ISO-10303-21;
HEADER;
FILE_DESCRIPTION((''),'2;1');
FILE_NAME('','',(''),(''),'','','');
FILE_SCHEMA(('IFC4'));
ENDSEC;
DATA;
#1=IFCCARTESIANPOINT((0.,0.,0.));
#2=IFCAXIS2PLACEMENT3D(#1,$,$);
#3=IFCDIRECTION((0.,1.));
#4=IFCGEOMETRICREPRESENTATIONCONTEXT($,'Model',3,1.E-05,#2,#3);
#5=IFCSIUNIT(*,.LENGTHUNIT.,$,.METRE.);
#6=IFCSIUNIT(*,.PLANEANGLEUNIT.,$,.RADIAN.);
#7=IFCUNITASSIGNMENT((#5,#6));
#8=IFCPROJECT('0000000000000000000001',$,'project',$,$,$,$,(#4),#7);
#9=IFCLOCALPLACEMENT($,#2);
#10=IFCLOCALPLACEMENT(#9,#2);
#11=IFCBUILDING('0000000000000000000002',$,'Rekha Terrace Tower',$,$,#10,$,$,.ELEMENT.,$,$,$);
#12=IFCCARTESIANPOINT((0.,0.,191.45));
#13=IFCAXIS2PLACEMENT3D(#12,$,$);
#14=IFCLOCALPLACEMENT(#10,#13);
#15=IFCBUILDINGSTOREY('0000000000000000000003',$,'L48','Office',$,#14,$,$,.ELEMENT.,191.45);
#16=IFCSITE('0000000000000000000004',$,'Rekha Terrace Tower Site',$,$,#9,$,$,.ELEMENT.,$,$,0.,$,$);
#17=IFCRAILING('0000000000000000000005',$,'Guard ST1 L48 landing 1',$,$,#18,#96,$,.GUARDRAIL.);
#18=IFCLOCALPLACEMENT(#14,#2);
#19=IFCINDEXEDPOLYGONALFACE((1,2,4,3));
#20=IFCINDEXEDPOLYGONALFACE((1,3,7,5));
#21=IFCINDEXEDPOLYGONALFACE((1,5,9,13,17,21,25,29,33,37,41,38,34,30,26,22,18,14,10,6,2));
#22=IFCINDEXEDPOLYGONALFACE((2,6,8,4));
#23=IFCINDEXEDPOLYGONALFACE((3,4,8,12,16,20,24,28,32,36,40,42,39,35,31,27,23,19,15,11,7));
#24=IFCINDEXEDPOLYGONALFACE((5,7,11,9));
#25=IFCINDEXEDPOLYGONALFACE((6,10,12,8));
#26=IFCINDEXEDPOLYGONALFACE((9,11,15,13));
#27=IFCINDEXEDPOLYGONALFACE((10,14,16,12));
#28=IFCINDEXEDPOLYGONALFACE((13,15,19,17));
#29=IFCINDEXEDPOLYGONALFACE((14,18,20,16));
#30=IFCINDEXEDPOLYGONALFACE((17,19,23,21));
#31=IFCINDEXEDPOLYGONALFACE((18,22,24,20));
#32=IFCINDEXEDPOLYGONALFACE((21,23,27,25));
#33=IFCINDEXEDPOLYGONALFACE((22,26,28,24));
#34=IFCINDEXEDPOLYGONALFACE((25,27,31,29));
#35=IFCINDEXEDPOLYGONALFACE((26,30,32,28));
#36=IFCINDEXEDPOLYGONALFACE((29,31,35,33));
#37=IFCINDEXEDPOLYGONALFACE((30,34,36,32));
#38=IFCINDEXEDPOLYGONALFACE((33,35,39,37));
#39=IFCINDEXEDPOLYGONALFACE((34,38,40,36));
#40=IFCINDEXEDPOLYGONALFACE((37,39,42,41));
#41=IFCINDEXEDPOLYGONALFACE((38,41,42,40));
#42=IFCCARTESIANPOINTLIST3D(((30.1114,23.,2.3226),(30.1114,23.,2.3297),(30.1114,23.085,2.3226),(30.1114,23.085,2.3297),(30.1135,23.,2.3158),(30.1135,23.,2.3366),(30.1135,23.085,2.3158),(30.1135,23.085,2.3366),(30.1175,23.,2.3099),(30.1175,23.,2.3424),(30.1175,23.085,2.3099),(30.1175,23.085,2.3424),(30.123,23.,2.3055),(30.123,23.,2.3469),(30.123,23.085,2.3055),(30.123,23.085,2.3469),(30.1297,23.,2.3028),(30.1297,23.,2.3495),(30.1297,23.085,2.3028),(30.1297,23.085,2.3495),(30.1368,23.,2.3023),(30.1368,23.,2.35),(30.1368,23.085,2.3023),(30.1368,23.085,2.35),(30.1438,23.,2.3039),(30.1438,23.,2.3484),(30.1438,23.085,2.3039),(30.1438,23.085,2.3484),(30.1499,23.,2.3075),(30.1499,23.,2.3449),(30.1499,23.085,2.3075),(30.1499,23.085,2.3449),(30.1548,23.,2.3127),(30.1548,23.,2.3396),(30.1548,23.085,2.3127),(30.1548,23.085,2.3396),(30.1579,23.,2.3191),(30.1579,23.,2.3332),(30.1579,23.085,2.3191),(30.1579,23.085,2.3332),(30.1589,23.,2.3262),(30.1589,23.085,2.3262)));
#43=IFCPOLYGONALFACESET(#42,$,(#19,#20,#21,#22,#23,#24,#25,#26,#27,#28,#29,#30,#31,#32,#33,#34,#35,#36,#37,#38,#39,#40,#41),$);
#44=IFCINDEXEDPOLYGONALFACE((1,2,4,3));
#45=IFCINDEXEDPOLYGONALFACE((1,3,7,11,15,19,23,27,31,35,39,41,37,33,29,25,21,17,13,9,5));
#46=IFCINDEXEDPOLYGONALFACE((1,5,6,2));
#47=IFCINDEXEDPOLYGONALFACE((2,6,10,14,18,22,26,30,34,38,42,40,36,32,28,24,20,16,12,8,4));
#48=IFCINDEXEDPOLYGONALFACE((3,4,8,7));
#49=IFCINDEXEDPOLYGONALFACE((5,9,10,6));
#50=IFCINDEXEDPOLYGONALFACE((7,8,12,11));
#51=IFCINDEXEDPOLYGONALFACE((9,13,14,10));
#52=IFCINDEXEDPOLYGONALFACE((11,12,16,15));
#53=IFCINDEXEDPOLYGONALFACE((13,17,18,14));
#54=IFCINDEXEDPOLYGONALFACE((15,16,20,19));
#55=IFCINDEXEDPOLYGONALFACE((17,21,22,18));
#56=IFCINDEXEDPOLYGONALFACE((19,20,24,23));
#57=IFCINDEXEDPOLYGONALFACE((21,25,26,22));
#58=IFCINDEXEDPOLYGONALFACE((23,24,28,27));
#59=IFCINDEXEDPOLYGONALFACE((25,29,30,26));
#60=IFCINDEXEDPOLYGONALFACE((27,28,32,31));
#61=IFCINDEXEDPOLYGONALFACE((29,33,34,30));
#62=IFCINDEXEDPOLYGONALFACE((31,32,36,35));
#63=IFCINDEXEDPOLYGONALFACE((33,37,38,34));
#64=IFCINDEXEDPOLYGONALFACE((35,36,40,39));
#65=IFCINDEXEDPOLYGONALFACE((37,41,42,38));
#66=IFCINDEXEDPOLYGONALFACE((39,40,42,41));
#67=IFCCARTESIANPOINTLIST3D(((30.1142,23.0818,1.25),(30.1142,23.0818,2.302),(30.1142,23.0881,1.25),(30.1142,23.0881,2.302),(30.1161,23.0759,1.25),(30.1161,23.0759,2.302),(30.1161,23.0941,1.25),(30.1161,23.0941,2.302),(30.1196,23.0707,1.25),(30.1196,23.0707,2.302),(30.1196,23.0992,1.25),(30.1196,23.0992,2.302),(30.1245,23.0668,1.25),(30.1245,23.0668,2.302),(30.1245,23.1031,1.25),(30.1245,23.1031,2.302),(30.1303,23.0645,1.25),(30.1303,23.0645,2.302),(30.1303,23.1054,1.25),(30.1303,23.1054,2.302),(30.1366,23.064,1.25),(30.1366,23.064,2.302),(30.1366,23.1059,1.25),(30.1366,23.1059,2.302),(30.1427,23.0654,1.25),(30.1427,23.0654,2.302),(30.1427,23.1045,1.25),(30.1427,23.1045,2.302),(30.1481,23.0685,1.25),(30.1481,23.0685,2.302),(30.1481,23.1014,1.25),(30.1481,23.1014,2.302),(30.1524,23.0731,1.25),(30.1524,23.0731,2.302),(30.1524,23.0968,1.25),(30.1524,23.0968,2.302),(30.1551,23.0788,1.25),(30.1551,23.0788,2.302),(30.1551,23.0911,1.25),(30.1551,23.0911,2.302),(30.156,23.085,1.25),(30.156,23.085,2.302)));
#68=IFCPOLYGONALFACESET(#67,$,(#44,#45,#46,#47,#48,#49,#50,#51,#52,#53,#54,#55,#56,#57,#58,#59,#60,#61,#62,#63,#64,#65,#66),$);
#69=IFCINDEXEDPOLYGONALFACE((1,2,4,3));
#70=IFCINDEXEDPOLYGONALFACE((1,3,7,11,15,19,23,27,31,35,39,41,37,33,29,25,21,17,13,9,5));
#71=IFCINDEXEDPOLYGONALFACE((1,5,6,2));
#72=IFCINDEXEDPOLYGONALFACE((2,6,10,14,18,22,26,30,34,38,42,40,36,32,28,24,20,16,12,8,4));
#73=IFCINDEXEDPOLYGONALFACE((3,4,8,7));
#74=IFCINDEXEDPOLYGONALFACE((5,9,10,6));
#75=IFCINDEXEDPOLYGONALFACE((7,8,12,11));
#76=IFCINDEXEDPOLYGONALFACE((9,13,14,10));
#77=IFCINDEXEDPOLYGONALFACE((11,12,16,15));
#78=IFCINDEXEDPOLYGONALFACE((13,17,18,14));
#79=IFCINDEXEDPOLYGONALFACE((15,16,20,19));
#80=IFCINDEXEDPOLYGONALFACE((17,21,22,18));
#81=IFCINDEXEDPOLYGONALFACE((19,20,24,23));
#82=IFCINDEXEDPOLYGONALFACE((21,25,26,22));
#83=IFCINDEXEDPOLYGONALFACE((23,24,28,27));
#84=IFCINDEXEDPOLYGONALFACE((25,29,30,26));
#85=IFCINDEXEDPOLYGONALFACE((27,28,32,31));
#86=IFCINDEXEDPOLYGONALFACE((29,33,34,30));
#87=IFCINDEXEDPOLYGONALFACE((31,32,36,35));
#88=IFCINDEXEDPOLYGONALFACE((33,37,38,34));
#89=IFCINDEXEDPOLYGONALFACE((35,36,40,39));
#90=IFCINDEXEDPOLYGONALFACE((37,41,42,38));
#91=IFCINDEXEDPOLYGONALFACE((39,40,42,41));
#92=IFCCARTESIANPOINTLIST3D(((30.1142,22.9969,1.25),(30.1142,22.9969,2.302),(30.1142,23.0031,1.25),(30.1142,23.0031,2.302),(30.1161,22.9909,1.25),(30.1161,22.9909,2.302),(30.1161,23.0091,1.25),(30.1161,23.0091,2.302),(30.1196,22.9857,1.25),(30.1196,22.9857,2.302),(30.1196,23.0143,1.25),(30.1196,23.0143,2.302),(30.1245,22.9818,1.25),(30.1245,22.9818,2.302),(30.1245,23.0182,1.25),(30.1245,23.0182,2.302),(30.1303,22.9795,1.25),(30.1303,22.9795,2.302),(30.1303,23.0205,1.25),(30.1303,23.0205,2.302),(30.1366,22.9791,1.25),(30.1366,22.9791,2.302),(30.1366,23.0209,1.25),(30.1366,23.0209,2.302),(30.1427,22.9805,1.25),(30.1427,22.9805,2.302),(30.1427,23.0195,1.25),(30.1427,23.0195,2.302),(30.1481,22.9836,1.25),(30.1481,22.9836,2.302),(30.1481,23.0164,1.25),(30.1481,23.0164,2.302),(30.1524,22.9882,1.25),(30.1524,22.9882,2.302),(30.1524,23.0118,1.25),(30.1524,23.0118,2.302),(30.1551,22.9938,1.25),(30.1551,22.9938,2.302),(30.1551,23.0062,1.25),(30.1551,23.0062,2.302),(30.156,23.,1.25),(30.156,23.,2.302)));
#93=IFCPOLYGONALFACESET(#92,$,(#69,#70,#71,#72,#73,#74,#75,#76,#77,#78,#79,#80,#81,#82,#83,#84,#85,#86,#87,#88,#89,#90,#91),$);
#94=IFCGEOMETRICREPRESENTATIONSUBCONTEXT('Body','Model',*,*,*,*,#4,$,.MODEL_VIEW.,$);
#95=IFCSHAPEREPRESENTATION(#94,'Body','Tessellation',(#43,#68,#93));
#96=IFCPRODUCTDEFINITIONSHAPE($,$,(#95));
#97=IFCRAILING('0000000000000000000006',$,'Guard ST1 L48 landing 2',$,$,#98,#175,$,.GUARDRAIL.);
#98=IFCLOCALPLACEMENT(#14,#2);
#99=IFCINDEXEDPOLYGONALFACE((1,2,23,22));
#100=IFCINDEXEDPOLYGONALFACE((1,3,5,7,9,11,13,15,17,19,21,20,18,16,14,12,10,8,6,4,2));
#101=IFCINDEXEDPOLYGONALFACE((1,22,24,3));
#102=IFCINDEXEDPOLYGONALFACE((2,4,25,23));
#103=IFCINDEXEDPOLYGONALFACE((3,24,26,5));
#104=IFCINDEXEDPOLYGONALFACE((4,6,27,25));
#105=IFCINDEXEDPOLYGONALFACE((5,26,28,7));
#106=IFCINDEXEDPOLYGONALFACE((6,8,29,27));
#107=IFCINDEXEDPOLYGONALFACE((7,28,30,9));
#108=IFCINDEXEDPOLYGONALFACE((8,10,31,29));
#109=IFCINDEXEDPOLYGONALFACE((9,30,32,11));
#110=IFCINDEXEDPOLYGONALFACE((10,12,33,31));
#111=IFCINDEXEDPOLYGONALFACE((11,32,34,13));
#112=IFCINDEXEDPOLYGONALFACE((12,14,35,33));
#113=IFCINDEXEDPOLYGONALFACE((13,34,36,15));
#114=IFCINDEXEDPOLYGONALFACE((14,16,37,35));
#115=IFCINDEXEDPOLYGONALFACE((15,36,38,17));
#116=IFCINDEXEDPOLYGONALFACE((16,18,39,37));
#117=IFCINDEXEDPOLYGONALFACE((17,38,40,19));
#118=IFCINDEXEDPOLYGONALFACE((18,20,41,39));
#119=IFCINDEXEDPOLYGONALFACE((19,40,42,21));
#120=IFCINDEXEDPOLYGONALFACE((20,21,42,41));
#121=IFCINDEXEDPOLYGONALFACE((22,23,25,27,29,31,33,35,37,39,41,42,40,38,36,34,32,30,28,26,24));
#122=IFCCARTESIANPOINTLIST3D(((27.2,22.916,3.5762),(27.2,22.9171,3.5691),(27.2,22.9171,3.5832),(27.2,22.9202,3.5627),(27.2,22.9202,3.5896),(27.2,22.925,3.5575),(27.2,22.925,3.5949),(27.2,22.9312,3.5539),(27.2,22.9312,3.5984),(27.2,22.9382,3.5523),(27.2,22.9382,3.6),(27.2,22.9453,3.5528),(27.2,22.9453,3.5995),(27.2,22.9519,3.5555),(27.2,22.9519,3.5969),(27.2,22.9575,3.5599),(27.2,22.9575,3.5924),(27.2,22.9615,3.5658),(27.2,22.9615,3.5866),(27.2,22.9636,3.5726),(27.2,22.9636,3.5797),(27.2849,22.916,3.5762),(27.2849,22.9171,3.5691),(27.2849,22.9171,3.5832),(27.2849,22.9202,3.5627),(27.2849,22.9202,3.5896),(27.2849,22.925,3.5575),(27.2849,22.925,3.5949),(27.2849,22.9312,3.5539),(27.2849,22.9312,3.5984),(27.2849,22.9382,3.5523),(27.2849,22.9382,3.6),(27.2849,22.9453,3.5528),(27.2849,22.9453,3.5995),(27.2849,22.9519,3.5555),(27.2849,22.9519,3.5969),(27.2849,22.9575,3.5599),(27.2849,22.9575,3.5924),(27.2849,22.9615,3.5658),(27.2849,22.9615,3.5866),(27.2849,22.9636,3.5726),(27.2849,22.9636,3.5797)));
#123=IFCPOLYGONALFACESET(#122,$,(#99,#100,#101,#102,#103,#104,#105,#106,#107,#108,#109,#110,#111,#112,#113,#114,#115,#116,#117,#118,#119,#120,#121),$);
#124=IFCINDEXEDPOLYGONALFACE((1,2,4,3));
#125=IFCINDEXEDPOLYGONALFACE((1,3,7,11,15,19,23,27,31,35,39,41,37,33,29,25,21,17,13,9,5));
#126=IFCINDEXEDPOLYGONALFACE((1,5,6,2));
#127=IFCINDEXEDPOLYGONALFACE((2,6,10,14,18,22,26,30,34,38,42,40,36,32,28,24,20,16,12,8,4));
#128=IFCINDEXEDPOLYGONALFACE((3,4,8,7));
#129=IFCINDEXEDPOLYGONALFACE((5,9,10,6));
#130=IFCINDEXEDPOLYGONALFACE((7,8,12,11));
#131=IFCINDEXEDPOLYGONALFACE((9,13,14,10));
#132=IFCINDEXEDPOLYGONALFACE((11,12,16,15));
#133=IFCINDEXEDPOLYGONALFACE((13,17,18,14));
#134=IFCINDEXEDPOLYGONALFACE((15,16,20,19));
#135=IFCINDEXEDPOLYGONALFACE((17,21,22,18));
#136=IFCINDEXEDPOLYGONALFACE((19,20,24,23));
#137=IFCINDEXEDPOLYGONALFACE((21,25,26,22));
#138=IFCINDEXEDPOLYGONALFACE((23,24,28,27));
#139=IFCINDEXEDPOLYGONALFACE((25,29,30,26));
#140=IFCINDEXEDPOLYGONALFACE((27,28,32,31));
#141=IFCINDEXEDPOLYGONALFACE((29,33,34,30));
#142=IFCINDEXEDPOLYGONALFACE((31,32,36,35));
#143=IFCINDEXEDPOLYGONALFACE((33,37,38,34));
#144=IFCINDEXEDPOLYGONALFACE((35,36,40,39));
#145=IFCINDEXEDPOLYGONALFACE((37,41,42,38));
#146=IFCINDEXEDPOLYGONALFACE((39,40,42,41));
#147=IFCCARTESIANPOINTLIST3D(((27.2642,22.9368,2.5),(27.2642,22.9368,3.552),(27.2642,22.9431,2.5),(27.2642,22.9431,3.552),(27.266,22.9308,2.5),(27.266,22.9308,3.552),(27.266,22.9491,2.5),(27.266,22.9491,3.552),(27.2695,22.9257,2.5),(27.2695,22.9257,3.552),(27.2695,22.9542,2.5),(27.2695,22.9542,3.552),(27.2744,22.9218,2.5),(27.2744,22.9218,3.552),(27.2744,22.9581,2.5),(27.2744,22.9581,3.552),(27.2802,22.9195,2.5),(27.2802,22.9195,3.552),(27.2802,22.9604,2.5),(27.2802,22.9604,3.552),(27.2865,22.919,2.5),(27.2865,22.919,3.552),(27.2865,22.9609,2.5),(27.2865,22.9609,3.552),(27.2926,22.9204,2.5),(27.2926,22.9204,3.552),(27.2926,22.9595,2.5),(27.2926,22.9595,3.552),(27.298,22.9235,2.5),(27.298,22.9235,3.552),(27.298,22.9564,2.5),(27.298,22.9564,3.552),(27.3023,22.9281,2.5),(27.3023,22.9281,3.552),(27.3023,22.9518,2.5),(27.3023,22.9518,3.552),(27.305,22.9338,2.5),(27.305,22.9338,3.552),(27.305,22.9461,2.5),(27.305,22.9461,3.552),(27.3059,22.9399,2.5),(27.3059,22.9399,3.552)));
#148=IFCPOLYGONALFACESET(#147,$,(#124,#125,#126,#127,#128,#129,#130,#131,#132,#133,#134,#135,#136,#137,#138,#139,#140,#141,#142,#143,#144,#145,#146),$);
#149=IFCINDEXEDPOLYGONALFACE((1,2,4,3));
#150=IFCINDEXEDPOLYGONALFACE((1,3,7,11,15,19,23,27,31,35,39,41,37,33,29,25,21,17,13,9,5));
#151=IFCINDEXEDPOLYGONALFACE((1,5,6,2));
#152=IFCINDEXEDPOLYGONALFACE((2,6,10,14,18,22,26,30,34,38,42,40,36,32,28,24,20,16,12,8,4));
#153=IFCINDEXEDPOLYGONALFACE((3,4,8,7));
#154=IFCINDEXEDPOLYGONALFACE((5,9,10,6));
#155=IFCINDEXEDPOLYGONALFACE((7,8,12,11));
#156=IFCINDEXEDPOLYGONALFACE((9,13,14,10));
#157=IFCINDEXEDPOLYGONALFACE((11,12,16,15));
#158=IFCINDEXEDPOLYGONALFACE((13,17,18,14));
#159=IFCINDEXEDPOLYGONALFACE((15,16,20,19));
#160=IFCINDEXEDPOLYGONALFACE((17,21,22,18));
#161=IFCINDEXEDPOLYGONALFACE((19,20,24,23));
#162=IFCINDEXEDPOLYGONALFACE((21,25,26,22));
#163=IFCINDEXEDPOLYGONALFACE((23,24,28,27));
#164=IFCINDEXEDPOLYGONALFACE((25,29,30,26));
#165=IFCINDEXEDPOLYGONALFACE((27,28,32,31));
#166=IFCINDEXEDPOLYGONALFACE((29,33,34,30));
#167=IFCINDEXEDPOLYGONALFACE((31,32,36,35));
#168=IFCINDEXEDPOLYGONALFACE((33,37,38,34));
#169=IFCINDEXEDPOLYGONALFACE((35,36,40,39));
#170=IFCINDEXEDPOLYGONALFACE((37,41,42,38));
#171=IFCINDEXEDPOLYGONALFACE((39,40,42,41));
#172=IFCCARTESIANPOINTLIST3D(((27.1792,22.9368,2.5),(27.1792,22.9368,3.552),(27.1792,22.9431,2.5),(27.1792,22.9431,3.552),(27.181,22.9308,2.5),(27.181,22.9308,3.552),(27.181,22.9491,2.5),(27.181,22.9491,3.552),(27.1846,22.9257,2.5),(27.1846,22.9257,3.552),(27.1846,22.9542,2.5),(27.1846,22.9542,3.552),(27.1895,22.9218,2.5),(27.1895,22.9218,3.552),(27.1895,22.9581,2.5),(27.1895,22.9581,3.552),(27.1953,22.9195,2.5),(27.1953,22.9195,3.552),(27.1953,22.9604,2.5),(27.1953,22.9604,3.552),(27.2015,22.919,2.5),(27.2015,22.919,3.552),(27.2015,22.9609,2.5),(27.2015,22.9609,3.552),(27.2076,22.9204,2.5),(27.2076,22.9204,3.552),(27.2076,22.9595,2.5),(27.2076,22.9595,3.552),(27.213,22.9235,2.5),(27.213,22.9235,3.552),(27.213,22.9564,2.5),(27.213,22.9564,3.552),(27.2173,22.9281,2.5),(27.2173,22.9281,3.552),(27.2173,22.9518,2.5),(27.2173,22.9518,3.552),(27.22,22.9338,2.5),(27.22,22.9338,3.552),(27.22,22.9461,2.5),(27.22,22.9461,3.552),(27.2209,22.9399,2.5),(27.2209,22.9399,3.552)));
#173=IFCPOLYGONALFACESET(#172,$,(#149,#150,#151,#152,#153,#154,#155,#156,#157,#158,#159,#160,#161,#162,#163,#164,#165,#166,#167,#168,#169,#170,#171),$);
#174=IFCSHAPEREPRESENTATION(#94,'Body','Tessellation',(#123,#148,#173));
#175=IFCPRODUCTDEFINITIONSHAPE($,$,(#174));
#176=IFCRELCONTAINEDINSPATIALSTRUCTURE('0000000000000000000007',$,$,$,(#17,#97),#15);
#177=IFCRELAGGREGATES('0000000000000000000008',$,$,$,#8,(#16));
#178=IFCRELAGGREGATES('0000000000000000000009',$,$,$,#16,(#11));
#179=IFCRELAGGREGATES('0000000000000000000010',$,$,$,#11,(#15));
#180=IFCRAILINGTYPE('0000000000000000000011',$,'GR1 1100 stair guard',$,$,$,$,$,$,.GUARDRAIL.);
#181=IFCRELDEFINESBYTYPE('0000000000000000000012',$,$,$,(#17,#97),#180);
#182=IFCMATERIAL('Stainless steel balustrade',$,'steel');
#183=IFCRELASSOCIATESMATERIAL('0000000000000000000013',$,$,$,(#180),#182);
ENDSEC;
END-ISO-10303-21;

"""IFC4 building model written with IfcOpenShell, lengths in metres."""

from ifc_helpers import new_model, si_unit, direction, frame, origin, origin_2d, place, context, subcontext, project, spatial, circle, extrude, material, type_object, element, save


model = new_model("IFC4")

# Units and contexts
model_context = context("Model", 3, precision=1e-05, world=origin(), true_north=direction((0.0, 1.0)))
body_context = subcontext(model_context, "Body", "Model", "MODEL_VIEW")
ifc_project = project(units=[si_unit("LENGTHUNIT", "METRE"), si_unit("PLANEANGLEUNIT", "RADIAN")], contexts=[model_context])

# Site, building, storey
site_placement = place(None, origin())
site = spatial("IfcSite", under=ifc_project, at=site_placement, Name="Rekha Terrace Tower Site", CompositionType="ELEMENT", RefElevation=0.0)
building_placement = place(site_placement, origin())
building = spatial("IfcBuilding", under=site, at=building_placement, Name="Rekha Terrace Tower", CompositionType="ELEMENT")
storey_placement = place(building_placement, frame((0.0, 0.0, 191.45)))
storey = spatial("IfcBuildingStorey", under=building, at=storey_placement, Name="L48", Description="Office", CompositionType="ELEMENT", Elevation=191.45)

# Railings
ifc_material_1 = material(Name="Stainless steel balustrade", Category="steel")
railing_type_1 = type_object("IfcRailingType", Name="GR1 1100 stair guard", PredefinedType="GUARDRAIL", material=ifc_material_1)
railing_1_placement = place(storey_placement, frame((30.135, 23.085, 1.25)))
element("IfcRailing", 1, at=railing_1_placement, inside=storey, type_object=railing_type_1, Name="Guard ST1 L48 landing 1", PredefinedType="GUARDRAIL", context=body_context, shape_type="SweptSolid", body=[
    extrude(circle(Radius=0.0239, at=origin_2d()), frame((0.0, 0.0, 1.0762), z_axis=(0.0, -1.0, 0.0), x_axis=(1.0, 0.0, 0.0)), (0.0, 0.0, 1.0), 0.085),
    extrude(circle(Radius=0.021, at=origin_2d()), origin(), (0.0, 0.0, 1.0), 1.052),
    extrude(circle(Radius=0.021, at=origin_2d()), frame((0.0, -0.085, 0.0)), (0.0, 0.0, 1.0), 1.052),
])
railing_2_placement = place(storey_placement, frame((27.2849, 22.9399, 2.5)))
element("IfcRailing", 2, at=railing_2_placement, inside=storey, type_object=railing_type_1, Name="Guard ST1 L48 landing 2", PredefinedType="GUARDRAIL", context=body_context, shape_type="SweptSolid", body=[
    extrude(circle(Radius=0.0239, at=origin_2d()), frame((0.0, 0.0, 1.0762), z_axis=(-1.0, 0.0, 0.0), x_axis=(0.0, -1.0, 0.0)), (0.0, 0.0, 1.0), 0.085),
    extrude(circle(Radius=0.021, at=origin_2d()), origin(), (0.0, 0.0, 1.0), 1.052),
    extrude(circle(Radius=0.021, at=origin_2d()), frame((-0.085, 0.0, 0.0)), (0.0, 0.0, 1.0), 1.052),
])

save(model, "model.ifc")
